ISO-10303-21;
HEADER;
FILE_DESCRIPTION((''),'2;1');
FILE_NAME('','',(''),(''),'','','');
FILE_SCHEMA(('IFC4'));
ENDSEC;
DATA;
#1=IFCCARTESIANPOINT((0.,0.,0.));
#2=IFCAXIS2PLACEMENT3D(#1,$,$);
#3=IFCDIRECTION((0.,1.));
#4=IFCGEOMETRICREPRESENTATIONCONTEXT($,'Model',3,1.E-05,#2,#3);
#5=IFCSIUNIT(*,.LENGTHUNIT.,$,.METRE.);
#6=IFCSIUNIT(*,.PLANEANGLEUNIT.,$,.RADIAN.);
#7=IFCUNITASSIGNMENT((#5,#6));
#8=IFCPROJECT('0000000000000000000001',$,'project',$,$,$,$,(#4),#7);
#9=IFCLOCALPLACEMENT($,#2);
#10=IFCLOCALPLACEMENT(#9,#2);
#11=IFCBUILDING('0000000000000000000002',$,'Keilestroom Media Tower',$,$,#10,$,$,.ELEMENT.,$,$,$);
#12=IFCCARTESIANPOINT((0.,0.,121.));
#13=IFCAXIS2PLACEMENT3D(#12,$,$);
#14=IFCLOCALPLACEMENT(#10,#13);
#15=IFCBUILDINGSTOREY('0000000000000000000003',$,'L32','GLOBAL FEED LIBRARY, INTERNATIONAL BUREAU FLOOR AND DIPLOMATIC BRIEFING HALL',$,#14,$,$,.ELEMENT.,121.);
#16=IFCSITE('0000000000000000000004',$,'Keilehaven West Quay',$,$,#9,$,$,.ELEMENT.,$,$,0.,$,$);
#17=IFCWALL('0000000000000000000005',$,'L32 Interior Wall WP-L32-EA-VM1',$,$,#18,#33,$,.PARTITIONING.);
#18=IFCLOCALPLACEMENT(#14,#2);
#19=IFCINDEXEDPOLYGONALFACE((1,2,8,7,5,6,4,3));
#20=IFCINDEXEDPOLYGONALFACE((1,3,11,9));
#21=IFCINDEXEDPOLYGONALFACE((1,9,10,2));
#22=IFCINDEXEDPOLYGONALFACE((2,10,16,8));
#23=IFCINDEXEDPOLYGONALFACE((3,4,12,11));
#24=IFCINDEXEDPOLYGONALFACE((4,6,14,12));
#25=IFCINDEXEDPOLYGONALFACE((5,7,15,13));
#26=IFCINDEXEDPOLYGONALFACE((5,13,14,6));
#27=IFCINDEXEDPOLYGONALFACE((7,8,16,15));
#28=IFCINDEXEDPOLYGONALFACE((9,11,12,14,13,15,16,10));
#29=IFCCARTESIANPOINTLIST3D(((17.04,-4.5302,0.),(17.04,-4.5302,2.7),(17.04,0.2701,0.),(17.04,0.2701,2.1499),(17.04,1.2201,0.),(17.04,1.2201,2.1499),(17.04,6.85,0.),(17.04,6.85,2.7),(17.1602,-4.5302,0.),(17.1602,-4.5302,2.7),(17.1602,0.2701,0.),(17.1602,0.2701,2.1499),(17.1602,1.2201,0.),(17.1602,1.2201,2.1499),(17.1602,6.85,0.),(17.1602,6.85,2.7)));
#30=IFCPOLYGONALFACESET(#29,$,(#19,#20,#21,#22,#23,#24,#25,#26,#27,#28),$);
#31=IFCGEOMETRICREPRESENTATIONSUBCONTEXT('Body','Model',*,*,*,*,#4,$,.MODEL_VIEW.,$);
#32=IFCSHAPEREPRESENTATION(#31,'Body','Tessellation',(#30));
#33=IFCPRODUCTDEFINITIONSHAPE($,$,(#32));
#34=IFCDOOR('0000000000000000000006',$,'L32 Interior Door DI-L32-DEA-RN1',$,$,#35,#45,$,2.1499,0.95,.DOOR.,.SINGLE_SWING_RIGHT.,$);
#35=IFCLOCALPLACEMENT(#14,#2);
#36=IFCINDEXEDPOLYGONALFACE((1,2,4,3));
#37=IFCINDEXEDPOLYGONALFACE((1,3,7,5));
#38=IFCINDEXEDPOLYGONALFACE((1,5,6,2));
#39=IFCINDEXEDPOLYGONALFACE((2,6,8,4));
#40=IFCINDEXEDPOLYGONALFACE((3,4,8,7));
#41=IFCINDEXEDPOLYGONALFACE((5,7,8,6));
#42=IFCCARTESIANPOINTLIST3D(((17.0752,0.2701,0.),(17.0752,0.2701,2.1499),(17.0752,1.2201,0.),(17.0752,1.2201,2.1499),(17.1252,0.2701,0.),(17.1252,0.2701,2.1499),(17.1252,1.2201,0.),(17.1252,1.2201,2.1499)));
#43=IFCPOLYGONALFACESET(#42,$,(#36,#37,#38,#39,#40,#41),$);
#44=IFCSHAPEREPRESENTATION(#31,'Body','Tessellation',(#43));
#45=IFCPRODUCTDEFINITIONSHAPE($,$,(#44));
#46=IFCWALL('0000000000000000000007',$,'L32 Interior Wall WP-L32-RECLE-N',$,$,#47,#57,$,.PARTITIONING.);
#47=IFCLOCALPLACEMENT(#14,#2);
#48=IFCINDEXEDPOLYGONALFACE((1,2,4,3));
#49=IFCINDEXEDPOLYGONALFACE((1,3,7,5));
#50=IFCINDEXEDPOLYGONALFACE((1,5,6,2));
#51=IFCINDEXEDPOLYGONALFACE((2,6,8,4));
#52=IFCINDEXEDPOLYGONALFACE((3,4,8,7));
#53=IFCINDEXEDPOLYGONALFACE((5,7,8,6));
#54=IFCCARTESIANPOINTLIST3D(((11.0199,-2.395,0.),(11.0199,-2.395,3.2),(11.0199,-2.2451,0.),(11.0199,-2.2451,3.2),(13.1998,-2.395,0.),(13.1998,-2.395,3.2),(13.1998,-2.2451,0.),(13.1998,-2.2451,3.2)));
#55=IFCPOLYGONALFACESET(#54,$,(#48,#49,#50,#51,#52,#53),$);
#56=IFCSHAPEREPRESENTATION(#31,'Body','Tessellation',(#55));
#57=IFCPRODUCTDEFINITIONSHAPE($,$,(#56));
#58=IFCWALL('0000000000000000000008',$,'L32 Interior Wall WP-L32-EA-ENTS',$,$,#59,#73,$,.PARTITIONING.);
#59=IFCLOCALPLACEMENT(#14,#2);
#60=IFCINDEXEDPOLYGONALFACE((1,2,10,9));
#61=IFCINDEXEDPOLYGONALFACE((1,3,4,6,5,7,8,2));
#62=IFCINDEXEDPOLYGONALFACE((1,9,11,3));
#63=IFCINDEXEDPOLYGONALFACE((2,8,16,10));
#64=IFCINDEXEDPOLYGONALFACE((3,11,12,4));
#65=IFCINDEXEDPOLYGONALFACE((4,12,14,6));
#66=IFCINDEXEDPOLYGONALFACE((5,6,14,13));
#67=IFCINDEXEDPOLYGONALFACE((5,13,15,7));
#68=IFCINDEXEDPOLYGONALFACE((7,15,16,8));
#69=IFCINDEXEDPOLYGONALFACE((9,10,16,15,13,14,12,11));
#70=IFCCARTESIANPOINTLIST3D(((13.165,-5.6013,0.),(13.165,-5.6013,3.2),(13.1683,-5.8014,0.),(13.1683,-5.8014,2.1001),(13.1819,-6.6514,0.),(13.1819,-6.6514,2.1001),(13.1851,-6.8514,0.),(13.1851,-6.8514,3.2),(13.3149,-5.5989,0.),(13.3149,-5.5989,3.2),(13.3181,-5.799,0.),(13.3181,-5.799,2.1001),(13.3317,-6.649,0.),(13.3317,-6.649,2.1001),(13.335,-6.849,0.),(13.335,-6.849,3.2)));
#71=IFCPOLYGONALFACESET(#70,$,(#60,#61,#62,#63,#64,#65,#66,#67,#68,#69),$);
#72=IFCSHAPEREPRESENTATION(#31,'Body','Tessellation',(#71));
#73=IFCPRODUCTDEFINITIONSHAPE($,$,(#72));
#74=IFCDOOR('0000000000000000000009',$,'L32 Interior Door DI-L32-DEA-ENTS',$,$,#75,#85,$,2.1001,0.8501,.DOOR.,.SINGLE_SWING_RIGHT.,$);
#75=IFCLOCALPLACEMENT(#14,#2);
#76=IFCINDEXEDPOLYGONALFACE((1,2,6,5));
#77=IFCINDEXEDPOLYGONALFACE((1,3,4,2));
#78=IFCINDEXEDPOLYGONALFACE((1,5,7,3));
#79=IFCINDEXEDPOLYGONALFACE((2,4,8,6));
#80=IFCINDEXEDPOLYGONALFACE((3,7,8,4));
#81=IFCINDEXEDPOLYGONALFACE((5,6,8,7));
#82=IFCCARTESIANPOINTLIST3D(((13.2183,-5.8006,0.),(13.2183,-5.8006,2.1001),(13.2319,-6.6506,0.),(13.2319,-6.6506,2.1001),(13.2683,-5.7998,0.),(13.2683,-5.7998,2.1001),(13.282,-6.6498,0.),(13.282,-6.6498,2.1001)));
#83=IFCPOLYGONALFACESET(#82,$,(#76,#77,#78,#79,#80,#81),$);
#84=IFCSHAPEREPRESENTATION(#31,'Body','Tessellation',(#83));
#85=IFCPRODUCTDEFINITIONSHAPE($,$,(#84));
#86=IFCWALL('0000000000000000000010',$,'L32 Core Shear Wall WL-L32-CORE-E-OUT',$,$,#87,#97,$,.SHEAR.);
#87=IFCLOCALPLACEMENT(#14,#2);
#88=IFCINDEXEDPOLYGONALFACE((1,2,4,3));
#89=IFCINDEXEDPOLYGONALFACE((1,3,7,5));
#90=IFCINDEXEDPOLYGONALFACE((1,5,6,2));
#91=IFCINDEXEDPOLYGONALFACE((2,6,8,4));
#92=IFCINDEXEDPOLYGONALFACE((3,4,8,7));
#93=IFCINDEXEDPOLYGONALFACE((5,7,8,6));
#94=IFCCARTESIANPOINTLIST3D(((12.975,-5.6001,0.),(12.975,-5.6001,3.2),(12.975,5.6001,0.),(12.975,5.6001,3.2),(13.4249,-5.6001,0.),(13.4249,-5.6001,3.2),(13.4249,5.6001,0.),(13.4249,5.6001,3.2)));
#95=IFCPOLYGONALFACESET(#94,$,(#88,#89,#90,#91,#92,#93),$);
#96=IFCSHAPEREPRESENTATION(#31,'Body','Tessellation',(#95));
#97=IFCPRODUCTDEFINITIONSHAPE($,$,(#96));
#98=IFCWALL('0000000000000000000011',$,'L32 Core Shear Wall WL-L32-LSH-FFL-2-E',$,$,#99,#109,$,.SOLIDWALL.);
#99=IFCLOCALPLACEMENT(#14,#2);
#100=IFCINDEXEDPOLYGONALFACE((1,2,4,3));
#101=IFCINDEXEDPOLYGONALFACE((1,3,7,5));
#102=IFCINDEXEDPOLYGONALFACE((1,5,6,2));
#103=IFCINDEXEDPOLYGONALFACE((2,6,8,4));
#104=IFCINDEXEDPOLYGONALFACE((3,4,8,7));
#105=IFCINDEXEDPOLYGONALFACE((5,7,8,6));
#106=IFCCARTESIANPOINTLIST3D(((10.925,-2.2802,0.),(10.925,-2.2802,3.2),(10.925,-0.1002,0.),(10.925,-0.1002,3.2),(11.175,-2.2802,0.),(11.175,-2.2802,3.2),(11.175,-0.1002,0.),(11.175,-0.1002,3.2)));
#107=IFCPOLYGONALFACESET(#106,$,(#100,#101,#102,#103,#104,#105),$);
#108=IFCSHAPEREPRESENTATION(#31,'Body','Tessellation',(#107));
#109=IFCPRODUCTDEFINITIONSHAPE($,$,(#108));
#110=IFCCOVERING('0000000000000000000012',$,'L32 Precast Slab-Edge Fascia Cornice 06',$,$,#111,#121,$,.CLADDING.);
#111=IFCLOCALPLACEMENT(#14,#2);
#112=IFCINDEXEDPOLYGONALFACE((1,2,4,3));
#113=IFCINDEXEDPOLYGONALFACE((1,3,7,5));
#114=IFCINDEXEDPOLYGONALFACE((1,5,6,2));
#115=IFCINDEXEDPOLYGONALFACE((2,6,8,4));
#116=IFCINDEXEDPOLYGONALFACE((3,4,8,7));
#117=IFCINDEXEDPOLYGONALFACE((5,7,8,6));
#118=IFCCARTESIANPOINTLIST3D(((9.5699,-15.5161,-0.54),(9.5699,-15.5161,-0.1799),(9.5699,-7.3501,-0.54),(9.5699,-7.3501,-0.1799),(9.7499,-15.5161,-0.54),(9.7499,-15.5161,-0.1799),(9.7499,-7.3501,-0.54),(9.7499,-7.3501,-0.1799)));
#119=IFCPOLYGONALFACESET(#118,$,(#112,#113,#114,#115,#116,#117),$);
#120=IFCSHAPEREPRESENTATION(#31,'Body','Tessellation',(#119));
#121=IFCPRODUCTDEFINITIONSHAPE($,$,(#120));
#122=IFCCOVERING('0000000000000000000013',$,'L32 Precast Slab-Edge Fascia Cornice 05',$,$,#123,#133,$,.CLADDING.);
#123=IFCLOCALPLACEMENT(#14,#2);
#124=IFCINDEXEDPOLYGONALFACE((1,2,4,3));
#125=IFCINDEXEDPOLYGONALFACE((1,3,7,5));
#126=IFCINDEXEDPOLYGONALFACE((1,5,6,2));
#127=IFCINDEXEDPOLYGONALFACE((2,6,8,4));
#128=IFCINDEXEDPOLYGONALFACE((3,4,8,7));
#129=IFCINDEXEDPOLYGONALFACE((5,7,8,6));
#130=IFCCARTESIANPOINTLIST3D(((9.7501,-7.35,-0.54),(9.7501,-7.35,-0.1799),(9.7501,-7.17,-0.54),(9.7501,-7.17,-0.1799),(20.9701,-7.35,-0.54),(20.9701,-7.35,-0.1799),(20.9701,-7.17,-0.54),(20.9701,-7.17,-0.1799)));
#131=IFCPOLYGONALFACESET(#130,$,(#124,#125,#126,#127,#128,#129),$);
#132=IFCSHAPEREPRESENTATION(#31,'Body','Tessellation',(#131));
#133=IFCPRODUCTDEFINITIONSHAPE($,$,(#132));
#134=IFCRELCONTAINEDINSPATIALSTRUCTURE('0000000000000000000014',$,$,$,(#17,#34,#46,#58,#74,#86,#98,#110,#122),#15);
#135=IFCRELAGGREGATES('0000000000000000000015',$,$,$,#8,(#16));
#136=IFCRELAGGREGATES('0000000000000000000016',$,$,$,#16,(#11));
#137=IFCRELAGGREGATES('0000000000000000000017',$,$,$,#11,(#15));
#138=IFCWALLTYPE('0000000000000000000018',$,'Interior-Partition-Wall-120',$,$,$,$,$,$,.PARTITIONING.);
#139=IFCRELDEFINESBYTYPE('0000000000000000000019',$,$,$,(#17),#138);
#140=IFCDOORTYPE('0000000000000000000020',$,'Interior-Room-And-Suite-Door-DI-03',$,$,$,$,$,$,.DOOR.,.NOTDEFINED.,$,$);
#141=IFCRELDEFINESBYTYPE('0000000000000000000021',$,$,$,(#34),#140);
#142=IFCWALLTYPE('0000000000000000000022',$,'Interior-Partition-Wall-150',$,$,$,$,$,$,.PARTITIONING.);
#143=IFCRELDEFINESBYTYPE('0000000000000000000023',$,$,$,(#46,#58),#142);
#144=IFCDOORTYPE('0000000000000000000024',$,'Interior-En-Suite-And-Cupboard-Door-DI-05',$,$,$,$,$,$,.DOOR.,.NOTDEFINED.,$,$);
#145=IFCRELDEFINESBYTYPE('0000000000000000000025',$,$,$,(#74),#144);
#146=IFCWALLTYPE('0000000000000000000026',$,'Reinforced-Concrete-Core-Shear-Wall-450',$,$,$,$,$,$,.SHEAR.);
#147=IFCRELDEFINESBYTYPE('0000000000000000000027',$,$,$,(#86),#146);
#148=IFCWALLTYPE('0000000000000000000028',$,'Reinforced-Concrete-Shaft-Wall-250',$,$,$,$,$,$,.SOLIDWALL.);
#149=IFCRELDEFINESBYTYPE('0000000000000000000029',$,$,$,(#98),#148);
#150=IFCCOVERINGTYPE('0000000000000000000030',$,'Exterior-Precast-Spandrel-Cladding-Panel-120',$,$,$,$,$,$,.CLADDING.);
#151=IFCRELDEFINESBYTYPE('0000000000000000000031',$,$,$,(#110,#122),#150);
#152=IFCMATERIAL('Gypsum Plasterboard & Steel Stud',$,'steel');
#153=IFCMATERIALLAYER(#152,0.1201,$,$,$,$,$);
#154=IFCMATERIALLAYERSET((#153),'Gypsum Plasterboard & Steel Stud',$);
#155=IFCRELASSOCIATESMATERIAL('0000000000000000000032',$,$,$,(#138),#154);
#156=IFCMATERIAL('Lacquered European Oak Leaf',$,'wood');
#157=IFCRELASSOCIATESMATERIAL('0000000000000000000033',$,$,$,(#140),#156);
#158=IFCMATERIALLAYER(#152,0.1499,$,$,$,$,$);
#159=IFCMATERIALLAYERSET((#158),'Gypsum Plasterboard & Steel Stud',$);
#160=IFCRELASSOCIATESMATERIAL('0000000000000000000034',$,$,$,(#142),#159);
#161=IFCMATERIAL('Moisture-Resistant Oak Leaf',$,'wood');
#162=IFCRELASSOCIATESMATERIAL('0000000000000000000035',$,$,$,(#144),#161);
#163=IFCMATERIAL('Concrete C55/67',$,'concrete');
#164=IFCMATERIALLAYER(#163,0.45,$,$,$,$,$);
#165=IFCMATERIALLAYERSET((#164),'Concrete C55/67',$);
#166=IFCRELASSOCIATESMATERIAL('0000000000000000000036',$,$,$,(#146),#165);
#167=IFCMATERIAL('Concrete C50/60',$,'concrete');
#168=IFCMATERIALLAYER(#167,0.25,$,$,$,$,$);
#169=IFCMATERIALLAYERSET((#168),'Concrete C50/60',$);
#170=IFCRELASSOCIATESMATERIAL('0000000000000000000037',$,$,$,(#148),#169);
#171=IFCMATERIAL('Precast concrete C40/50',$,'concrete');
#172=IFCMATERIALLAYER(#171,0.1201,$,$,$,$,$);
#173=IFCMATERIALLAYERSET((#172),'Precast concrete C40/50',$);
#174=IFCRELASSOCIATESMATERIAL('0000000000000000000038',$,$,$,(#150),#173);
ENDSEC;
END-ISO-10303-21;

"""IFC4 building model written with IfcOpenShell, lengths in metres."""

from ifc_helpers import new_model, si_unit, direction, frame, frame_2d, origin, origin_2d, place, context, subcontext, project, spatial, rectangle, extrude, source, transform, mapped, material, layer, layer_set, type_object, element, fill, save


model = new_model("IFC4")

# Units and contexts
model_context = context("Model", 3, precision=1e-05, world=origin(), true_north=direction((0.0, 1.0)))
body_context = subcontext(model_context, "Body", "Model", "MODEL_VIEW")
ifc_project = project(units=[si_unit("LENGTHUNIT", "METRE"), si_unit("PLANEANGLEUNIT", "RADIAN")], contexts=[model_context])

# Site, building, storey
site_placement = place(None, origin())
site = spatial("IfcSite", under=ifc_project, at=site_placement, Name="Keilehaven West Quay", CompositionType="ELEMENT", RefElevation=0.0)
building_placement = place(site_placement, origin())
building = spatial("IfcBuilding", under=site, at=building_placement, Name="Keilestroom Media Tower", CompositionType="ELEMENT")
storey_placement = place(building_placement, frame((0.0, 0.0, 121.0)))
storey = spatial("IfcBuildingStorey", under=building, at=storey_placement, Name="L32", Description="GLOBAL FEED LIBRARY, INTERNATIONAL BUREAU FLOOR AND DIPLOMATIC BRIEFING HALL", CompositionType="ELEMENT", Elevation=121.0)

# Shared definitions
ifc_material_1 = material(Name="Precast concrete C40/50", Category="concrete")
ifc_material_2 = material(Name="Concrete C55/67", Category="concrete")

# Wall, opening, door
ifc_material_3 = material(Name="Gypsum Plasterboard & Steel Stud", Category="steel")
ifc_layer_1 = layer(ifc_material_3, 0.1201)
ifc_layer_set_1 = layer_set([ifc_layer_1], Name="Gypsum Plasterboard & Steel Stud")
wall_type_1 = type_object("IfcWallType", Name="Interior-Partition-Wall-120", PredefinedType="PARTITIONING", material=ifc_layer_set_1)
ifc_material_4 = material(Name="Lacquered European Oak Leaf", Category="wood")
door_type_1 = type_object("IfcDoorType", Name="Interior-Room-And-Suite-Door-DI-03", OperationType="NOTDEFINED", PredefinedType="DOOR", material=ifc_material_4)
shared_shape_1 = source(origin(), body_context, "Body", "SweptSolid", [
    extrude(rectangle(XDim=0.95, YDim=2.1499, at=frame_2d((0.4751, 1.075))), frame((0.0, 0.0249, 0.0), z_axis=(0.0, -1.0, 0.0), x_axis=(1.0, 0.0, 0.0)), (0.0, 0.0, 1.0), 0.05),
])
wall_1_placement = place(storey_placement, frame((17.1001, -4.53, 0.0), z_axis=(0.0, 0.0, 1.0), x_axis=(0.0, 1.0, 0.0)))
wall_1 = element("IfcWall", 1, at=wall_1_placement, inside=storey, type_object=wall_type_1, Name="L32 Interior Wall WP-L32-EA-VM1", PredefinedType="PARTITIONING", context=body_context, shape_type="SweptSolid", body=[
    extrude(rectangle(XDim=11.3801, YDim=0.1201, at=frame_2d((5.6899, 0.0))), origin(), (0.0, 0.0, 1.0), 2.7),
])
opening_1_placement = place(wall_1_placement, frame((4.8, 0.0, 0.0)))
opening_1 = element("IfcOpeningElement", 2, at=opening_1_placement, cuts=wall_1, PredefinedType="OPENING", context=body_context, shape_type="SweptSolid", body=[
    extrude(rectangle(XDim=0.95, YDim=2.1499, at=frame_2d((0.4751, 1.075))), frame((0.0, 0.0701, 0.0), z_axis=(0.0, -1.0, 0.0), x_axis=(1.0, 0.0, 0.0)), (0.0, 0.0, 1.0), 0.1401),
])
door_1_placement = place(opening_1_placement, origin())
door_1 = element("IfcDoor", 3, at=door_1_placement, inside=storey, type_object=door_type_1, Name="L32 Interior Door DI-L32-DEA-RN1", OperationType="SINGLE_SWING_RIGHT", OverallHeight=2.1499, OverallWidth=0.95, PredefinedType="DOOR", context=body_context, shape_type="MappedRepresentation", body=[
    mapped(shared_shape_1, transform((0.0, 0.0, 0.0), x_axis=(1.0, 0.0, 0.0), y_axis=(0.0, 1.0, 0.0), z_axis=(0.0, 0.0, 1.0), scale=1.0)),
])
fill(opening_1, door_1)

# Wall
ifc_layer_2 = layer(ifc_material_3, 0.1499)
ifc_layer_set_2 = layer_set([ifc_layer_2], Name="Gypsum Plasterboard & Steel Stud")
wall_type_2 = type_object("IfcWallType", Name="Interior-Partition-Wall-150", PredefinedType="PARTITIONING", material=ifc_layer_set_2)
wall_2_placement = place(storey_placement, frame((11.02, -2.3201, 0.0), z_axis=(0.0, 0.0, 1.0), x_axis=(1.0, 0.0, 0.0)))
element("IfcWall", 4, at=wall_2_placement, inside=storey, type_object=wall_type_2, Name="L32 Interior Wall WP-L32-RECLE-N", PredefinedType="PARTITIONING", context=body_context, shape_type="SweptSolid", body=[
    extrude(rectangle(XDim=2.1799, YDim=0.1499, at=frame_2d((1.0898, 0.0))), origin(), (0.0, 0.0, 1.0), 3.2),
])

# Wall, opening, door
wall_3_placement = place(storey_placement, frame((13.26, -6.8501, 0.0), z_axis=(0.0, 0.0, 1.0), x_axis=(-0.016014, 0.999872, 0.0)))
wall_3 = element("IfcWall", 5, at=wall_3_placement, inside=storey, type_object=wall_type_2, Name="L32 Interior Wall WP-L32-EA-ENTS", PredefinedType="PARTITIONING", context=body_context, shape_type="SweptSolid", body=[
    extrude(rectangle(XDim=1.2502, YDim=0.1499, at=frame_2d((0.625, 0.0))), origin(), (0.0, 0.0, 1.0), 3.2),
])
opening_2_placement = place(wall_3_placement, frame((0.2, 0.0, 0.0)))
opening_2 = element("IfcOpeningElement", 6, at=opening_2_placement, cuts=wall_3, PredefinedType="OPENING", context=body_context, shape_type="SweptSolid", body=[
    extrude(rectangle(XDim=0.8501, YDim=2.1001, at=frame_2d((0.425, 1.05))), frame((0.0, 0.085, 0.0), z_axis=(0.0, -1.0, 0.0), x_axis=(1.0, 0.0, 0.0)), (0.0, 0.0, 1.0), 0.1699),
])
ifc_material_5 = material(Name="Moisture-Resistant Oak Leaf", Category="wood")
door_type_2 = type_object("IfcDoorType", Name="Interior-En-Suite-And-Cupboard-Door-DI-05", OperationType="NOTDEFINED", PredefinedType="DOOR", material=ifc_material_5)
shared_shape_2 = source(origin(), body_context, "Body", "SweptSolid", [
    extrude(rectangle(XDim=0.8501, YDim=2.1001, at=frame_2d((0.425, 1.05))), frame((0.0, 0.0249, 0.0), z_axis=(0.0, -1.0, 0.0), x_axis=(1.0, 0.0, 0.0)), (0.0, 0.0, 1.0), 0.05),
])
door_2_placement = place(opening_2_placement, origin())
door_2 = element("IfcDoor", 7, at=door_2_placement, inside=storey, type_object=door_type_2, Name="L32 Interior Door DI-L32-DEA-ENTS", OperationType="SINGLE_SWING_RIGHT", OverallHeight=2.1001, OverallWidth=0.8501, PredefinedType="DOOR", context=body_context, shape_type="MappedRepresentation", body=[
    mapped(shared_shape_2, transform((0.0, 0.0, 0.0), x_axis=(1.0, 0.0, 0.0), y_axis=(0.0, 1.0, 0.0), z_axis=(0.0, 0.0, 1.0), scale=1.0)),
])
fill(opening_2, door_2)

# Walls
ifc_layer_3 = layer(ifc_material_2, 0.45)
ifc_layer_set_3 = layer_set([ifc_layer_3], Name="Concrete C55/67")
wall_type_3 = type_object("IfcWallType", Name="Reinforced-Concrete-Core-Shear-Wall-450", PredefinedType="SHEAR", material=ifc_layer_set_3)
wall_4_placement = place(storey_placement, frame((13.2, -5.6001, 0.0), z_axis=(0.0, 0.0, 1.0), x_axis=(0.0, 1.0, 0.0)))
element("IfcWall", 8, at=wall_4_placement, inside=storey, type_object=wall_type_3, Name="L32 Core Shear Wall WL-L32-CORE-E-OUT", PredefinedType="SHEAR", context=body_context, shape_type="SweptSolid", body=[
    extrude(rectangle(XDim=11.2002, YDim=0.45, at=frame_2d((5.6001, 0.0))), origin(), (0.0, 0.0, 1.0), 3.2),
])
ifc_material_6 = material(Name="Concrete C50/60", Category="concrete")
ifc_layer_4 = layer(ifc_material_6, 0.25)
ifc_layer_set_4 = layer_set([ifc_layer_4], Name="Concrete C50/60")
wall_type_4 = type_object("IfcWallType", Name="Reinforced-Concrete-Shaft-Wall-250", PredefinedType="SOLIDWALL", material=ifc_layer_set_4)
wall_5_placement = place(storey_placement, frame((11.05, -2.28, 0.0), z_axis=(0.0, 0.0, 1.0), x_axis=(0.0, 1.0, 0.0)))
element("IfcWall", 9, at=wall_5_placement, inside=storey, type_object=wall_type_4, Name="L32 Core Shear Wall WL-L32-LSH-FFL-2-E", PredefinedType="SOLIDWALL", context=body_context, shape_type="SweptSolid", body=[
    extrude(rectangle(XDim=2.1799, YDim=0.25, at=frame_2d((1.0898, 0.0))), origin(), (0.0, 0.0, 1.0), 3.2),
])

# Coverings
ifc_layer_5 = layer(ifc_material_1, 0.1201)
ifc_layer_set_5 = layer_set([ifc_layer_5], Name="Precast concrete C40/50")
covering_type = type_object("IfcCoveringType", Name="Exterior-Precast-Spandrel-Cladding-Panel-120", PredefinedType="CLADDING", material=ifc_layer_set_5)
shared_shape_3 = source(origin(), body_context, "Body", "SweptSolid", [
    extrude(rectangle(XDim=8.166, YDim=0.1799, at=origin_2d()), origin(), (0.0, 0.0, 1.0), 0.3601),
])
covering_1_placement = place(storey_placement, frame((9.6599, -11.4331, -0.54), z_axis=(0.0, 0.0, 1.0), x_axis=(0.0, -1.0, 0.0)))
element("IfcCovering", 10, at=covering_1_placement, inside=storey, type_object=covering_type, Name="L32 Precast Slab-Edge Fascia Cornice 06", PredefinedType="CLADDING", context=body_context, shape_type="MappedRepresentation", body=[
    mapped(shared_shape_3, transform((0.0, 0.0, 0.0), x_axis=(1.0, 0.0, 0.0), y_axis=(0.0, 1.0, 0.0), z_axis=(0.0, 0.0, 1.0), scale=1.0)),
])
shared_shape_4 = source(origin(), body_context, "Body", "SweptSolid", [
    extrude(rectangle(XDim=11.22, YDim=0.1799, at=origin_2d()), origin(), (0.0, 0.0, 1.0), 0.3601),
])
covering_2_placement = place(storey_placement, frame((15.3601, -7.26, -0.54), z_axis=(0.0, 0.0, 1.0), x_axis=(-1.0, 0.0, 0.0)))
element("IfcCovering", 11, at=covering_2_placement, inside=storey, type_object=covering_type, Name="L32 Precast Slab-Edge Fascia Cornice 05", PredefinedType="CLADDING", context=body_context, shape_type="MappedRepresentation", body=[
    mapped(shared_shape_4, transform((0.0, 0.0, 0.0), x_axis=(1.0, 0.0, 0.0), y_axis=(0.0, 1.0, 0.0), z_axis=(0.0, 0.0, 1.0), scale=1.0)),
])

save(model, "model.ifc")
